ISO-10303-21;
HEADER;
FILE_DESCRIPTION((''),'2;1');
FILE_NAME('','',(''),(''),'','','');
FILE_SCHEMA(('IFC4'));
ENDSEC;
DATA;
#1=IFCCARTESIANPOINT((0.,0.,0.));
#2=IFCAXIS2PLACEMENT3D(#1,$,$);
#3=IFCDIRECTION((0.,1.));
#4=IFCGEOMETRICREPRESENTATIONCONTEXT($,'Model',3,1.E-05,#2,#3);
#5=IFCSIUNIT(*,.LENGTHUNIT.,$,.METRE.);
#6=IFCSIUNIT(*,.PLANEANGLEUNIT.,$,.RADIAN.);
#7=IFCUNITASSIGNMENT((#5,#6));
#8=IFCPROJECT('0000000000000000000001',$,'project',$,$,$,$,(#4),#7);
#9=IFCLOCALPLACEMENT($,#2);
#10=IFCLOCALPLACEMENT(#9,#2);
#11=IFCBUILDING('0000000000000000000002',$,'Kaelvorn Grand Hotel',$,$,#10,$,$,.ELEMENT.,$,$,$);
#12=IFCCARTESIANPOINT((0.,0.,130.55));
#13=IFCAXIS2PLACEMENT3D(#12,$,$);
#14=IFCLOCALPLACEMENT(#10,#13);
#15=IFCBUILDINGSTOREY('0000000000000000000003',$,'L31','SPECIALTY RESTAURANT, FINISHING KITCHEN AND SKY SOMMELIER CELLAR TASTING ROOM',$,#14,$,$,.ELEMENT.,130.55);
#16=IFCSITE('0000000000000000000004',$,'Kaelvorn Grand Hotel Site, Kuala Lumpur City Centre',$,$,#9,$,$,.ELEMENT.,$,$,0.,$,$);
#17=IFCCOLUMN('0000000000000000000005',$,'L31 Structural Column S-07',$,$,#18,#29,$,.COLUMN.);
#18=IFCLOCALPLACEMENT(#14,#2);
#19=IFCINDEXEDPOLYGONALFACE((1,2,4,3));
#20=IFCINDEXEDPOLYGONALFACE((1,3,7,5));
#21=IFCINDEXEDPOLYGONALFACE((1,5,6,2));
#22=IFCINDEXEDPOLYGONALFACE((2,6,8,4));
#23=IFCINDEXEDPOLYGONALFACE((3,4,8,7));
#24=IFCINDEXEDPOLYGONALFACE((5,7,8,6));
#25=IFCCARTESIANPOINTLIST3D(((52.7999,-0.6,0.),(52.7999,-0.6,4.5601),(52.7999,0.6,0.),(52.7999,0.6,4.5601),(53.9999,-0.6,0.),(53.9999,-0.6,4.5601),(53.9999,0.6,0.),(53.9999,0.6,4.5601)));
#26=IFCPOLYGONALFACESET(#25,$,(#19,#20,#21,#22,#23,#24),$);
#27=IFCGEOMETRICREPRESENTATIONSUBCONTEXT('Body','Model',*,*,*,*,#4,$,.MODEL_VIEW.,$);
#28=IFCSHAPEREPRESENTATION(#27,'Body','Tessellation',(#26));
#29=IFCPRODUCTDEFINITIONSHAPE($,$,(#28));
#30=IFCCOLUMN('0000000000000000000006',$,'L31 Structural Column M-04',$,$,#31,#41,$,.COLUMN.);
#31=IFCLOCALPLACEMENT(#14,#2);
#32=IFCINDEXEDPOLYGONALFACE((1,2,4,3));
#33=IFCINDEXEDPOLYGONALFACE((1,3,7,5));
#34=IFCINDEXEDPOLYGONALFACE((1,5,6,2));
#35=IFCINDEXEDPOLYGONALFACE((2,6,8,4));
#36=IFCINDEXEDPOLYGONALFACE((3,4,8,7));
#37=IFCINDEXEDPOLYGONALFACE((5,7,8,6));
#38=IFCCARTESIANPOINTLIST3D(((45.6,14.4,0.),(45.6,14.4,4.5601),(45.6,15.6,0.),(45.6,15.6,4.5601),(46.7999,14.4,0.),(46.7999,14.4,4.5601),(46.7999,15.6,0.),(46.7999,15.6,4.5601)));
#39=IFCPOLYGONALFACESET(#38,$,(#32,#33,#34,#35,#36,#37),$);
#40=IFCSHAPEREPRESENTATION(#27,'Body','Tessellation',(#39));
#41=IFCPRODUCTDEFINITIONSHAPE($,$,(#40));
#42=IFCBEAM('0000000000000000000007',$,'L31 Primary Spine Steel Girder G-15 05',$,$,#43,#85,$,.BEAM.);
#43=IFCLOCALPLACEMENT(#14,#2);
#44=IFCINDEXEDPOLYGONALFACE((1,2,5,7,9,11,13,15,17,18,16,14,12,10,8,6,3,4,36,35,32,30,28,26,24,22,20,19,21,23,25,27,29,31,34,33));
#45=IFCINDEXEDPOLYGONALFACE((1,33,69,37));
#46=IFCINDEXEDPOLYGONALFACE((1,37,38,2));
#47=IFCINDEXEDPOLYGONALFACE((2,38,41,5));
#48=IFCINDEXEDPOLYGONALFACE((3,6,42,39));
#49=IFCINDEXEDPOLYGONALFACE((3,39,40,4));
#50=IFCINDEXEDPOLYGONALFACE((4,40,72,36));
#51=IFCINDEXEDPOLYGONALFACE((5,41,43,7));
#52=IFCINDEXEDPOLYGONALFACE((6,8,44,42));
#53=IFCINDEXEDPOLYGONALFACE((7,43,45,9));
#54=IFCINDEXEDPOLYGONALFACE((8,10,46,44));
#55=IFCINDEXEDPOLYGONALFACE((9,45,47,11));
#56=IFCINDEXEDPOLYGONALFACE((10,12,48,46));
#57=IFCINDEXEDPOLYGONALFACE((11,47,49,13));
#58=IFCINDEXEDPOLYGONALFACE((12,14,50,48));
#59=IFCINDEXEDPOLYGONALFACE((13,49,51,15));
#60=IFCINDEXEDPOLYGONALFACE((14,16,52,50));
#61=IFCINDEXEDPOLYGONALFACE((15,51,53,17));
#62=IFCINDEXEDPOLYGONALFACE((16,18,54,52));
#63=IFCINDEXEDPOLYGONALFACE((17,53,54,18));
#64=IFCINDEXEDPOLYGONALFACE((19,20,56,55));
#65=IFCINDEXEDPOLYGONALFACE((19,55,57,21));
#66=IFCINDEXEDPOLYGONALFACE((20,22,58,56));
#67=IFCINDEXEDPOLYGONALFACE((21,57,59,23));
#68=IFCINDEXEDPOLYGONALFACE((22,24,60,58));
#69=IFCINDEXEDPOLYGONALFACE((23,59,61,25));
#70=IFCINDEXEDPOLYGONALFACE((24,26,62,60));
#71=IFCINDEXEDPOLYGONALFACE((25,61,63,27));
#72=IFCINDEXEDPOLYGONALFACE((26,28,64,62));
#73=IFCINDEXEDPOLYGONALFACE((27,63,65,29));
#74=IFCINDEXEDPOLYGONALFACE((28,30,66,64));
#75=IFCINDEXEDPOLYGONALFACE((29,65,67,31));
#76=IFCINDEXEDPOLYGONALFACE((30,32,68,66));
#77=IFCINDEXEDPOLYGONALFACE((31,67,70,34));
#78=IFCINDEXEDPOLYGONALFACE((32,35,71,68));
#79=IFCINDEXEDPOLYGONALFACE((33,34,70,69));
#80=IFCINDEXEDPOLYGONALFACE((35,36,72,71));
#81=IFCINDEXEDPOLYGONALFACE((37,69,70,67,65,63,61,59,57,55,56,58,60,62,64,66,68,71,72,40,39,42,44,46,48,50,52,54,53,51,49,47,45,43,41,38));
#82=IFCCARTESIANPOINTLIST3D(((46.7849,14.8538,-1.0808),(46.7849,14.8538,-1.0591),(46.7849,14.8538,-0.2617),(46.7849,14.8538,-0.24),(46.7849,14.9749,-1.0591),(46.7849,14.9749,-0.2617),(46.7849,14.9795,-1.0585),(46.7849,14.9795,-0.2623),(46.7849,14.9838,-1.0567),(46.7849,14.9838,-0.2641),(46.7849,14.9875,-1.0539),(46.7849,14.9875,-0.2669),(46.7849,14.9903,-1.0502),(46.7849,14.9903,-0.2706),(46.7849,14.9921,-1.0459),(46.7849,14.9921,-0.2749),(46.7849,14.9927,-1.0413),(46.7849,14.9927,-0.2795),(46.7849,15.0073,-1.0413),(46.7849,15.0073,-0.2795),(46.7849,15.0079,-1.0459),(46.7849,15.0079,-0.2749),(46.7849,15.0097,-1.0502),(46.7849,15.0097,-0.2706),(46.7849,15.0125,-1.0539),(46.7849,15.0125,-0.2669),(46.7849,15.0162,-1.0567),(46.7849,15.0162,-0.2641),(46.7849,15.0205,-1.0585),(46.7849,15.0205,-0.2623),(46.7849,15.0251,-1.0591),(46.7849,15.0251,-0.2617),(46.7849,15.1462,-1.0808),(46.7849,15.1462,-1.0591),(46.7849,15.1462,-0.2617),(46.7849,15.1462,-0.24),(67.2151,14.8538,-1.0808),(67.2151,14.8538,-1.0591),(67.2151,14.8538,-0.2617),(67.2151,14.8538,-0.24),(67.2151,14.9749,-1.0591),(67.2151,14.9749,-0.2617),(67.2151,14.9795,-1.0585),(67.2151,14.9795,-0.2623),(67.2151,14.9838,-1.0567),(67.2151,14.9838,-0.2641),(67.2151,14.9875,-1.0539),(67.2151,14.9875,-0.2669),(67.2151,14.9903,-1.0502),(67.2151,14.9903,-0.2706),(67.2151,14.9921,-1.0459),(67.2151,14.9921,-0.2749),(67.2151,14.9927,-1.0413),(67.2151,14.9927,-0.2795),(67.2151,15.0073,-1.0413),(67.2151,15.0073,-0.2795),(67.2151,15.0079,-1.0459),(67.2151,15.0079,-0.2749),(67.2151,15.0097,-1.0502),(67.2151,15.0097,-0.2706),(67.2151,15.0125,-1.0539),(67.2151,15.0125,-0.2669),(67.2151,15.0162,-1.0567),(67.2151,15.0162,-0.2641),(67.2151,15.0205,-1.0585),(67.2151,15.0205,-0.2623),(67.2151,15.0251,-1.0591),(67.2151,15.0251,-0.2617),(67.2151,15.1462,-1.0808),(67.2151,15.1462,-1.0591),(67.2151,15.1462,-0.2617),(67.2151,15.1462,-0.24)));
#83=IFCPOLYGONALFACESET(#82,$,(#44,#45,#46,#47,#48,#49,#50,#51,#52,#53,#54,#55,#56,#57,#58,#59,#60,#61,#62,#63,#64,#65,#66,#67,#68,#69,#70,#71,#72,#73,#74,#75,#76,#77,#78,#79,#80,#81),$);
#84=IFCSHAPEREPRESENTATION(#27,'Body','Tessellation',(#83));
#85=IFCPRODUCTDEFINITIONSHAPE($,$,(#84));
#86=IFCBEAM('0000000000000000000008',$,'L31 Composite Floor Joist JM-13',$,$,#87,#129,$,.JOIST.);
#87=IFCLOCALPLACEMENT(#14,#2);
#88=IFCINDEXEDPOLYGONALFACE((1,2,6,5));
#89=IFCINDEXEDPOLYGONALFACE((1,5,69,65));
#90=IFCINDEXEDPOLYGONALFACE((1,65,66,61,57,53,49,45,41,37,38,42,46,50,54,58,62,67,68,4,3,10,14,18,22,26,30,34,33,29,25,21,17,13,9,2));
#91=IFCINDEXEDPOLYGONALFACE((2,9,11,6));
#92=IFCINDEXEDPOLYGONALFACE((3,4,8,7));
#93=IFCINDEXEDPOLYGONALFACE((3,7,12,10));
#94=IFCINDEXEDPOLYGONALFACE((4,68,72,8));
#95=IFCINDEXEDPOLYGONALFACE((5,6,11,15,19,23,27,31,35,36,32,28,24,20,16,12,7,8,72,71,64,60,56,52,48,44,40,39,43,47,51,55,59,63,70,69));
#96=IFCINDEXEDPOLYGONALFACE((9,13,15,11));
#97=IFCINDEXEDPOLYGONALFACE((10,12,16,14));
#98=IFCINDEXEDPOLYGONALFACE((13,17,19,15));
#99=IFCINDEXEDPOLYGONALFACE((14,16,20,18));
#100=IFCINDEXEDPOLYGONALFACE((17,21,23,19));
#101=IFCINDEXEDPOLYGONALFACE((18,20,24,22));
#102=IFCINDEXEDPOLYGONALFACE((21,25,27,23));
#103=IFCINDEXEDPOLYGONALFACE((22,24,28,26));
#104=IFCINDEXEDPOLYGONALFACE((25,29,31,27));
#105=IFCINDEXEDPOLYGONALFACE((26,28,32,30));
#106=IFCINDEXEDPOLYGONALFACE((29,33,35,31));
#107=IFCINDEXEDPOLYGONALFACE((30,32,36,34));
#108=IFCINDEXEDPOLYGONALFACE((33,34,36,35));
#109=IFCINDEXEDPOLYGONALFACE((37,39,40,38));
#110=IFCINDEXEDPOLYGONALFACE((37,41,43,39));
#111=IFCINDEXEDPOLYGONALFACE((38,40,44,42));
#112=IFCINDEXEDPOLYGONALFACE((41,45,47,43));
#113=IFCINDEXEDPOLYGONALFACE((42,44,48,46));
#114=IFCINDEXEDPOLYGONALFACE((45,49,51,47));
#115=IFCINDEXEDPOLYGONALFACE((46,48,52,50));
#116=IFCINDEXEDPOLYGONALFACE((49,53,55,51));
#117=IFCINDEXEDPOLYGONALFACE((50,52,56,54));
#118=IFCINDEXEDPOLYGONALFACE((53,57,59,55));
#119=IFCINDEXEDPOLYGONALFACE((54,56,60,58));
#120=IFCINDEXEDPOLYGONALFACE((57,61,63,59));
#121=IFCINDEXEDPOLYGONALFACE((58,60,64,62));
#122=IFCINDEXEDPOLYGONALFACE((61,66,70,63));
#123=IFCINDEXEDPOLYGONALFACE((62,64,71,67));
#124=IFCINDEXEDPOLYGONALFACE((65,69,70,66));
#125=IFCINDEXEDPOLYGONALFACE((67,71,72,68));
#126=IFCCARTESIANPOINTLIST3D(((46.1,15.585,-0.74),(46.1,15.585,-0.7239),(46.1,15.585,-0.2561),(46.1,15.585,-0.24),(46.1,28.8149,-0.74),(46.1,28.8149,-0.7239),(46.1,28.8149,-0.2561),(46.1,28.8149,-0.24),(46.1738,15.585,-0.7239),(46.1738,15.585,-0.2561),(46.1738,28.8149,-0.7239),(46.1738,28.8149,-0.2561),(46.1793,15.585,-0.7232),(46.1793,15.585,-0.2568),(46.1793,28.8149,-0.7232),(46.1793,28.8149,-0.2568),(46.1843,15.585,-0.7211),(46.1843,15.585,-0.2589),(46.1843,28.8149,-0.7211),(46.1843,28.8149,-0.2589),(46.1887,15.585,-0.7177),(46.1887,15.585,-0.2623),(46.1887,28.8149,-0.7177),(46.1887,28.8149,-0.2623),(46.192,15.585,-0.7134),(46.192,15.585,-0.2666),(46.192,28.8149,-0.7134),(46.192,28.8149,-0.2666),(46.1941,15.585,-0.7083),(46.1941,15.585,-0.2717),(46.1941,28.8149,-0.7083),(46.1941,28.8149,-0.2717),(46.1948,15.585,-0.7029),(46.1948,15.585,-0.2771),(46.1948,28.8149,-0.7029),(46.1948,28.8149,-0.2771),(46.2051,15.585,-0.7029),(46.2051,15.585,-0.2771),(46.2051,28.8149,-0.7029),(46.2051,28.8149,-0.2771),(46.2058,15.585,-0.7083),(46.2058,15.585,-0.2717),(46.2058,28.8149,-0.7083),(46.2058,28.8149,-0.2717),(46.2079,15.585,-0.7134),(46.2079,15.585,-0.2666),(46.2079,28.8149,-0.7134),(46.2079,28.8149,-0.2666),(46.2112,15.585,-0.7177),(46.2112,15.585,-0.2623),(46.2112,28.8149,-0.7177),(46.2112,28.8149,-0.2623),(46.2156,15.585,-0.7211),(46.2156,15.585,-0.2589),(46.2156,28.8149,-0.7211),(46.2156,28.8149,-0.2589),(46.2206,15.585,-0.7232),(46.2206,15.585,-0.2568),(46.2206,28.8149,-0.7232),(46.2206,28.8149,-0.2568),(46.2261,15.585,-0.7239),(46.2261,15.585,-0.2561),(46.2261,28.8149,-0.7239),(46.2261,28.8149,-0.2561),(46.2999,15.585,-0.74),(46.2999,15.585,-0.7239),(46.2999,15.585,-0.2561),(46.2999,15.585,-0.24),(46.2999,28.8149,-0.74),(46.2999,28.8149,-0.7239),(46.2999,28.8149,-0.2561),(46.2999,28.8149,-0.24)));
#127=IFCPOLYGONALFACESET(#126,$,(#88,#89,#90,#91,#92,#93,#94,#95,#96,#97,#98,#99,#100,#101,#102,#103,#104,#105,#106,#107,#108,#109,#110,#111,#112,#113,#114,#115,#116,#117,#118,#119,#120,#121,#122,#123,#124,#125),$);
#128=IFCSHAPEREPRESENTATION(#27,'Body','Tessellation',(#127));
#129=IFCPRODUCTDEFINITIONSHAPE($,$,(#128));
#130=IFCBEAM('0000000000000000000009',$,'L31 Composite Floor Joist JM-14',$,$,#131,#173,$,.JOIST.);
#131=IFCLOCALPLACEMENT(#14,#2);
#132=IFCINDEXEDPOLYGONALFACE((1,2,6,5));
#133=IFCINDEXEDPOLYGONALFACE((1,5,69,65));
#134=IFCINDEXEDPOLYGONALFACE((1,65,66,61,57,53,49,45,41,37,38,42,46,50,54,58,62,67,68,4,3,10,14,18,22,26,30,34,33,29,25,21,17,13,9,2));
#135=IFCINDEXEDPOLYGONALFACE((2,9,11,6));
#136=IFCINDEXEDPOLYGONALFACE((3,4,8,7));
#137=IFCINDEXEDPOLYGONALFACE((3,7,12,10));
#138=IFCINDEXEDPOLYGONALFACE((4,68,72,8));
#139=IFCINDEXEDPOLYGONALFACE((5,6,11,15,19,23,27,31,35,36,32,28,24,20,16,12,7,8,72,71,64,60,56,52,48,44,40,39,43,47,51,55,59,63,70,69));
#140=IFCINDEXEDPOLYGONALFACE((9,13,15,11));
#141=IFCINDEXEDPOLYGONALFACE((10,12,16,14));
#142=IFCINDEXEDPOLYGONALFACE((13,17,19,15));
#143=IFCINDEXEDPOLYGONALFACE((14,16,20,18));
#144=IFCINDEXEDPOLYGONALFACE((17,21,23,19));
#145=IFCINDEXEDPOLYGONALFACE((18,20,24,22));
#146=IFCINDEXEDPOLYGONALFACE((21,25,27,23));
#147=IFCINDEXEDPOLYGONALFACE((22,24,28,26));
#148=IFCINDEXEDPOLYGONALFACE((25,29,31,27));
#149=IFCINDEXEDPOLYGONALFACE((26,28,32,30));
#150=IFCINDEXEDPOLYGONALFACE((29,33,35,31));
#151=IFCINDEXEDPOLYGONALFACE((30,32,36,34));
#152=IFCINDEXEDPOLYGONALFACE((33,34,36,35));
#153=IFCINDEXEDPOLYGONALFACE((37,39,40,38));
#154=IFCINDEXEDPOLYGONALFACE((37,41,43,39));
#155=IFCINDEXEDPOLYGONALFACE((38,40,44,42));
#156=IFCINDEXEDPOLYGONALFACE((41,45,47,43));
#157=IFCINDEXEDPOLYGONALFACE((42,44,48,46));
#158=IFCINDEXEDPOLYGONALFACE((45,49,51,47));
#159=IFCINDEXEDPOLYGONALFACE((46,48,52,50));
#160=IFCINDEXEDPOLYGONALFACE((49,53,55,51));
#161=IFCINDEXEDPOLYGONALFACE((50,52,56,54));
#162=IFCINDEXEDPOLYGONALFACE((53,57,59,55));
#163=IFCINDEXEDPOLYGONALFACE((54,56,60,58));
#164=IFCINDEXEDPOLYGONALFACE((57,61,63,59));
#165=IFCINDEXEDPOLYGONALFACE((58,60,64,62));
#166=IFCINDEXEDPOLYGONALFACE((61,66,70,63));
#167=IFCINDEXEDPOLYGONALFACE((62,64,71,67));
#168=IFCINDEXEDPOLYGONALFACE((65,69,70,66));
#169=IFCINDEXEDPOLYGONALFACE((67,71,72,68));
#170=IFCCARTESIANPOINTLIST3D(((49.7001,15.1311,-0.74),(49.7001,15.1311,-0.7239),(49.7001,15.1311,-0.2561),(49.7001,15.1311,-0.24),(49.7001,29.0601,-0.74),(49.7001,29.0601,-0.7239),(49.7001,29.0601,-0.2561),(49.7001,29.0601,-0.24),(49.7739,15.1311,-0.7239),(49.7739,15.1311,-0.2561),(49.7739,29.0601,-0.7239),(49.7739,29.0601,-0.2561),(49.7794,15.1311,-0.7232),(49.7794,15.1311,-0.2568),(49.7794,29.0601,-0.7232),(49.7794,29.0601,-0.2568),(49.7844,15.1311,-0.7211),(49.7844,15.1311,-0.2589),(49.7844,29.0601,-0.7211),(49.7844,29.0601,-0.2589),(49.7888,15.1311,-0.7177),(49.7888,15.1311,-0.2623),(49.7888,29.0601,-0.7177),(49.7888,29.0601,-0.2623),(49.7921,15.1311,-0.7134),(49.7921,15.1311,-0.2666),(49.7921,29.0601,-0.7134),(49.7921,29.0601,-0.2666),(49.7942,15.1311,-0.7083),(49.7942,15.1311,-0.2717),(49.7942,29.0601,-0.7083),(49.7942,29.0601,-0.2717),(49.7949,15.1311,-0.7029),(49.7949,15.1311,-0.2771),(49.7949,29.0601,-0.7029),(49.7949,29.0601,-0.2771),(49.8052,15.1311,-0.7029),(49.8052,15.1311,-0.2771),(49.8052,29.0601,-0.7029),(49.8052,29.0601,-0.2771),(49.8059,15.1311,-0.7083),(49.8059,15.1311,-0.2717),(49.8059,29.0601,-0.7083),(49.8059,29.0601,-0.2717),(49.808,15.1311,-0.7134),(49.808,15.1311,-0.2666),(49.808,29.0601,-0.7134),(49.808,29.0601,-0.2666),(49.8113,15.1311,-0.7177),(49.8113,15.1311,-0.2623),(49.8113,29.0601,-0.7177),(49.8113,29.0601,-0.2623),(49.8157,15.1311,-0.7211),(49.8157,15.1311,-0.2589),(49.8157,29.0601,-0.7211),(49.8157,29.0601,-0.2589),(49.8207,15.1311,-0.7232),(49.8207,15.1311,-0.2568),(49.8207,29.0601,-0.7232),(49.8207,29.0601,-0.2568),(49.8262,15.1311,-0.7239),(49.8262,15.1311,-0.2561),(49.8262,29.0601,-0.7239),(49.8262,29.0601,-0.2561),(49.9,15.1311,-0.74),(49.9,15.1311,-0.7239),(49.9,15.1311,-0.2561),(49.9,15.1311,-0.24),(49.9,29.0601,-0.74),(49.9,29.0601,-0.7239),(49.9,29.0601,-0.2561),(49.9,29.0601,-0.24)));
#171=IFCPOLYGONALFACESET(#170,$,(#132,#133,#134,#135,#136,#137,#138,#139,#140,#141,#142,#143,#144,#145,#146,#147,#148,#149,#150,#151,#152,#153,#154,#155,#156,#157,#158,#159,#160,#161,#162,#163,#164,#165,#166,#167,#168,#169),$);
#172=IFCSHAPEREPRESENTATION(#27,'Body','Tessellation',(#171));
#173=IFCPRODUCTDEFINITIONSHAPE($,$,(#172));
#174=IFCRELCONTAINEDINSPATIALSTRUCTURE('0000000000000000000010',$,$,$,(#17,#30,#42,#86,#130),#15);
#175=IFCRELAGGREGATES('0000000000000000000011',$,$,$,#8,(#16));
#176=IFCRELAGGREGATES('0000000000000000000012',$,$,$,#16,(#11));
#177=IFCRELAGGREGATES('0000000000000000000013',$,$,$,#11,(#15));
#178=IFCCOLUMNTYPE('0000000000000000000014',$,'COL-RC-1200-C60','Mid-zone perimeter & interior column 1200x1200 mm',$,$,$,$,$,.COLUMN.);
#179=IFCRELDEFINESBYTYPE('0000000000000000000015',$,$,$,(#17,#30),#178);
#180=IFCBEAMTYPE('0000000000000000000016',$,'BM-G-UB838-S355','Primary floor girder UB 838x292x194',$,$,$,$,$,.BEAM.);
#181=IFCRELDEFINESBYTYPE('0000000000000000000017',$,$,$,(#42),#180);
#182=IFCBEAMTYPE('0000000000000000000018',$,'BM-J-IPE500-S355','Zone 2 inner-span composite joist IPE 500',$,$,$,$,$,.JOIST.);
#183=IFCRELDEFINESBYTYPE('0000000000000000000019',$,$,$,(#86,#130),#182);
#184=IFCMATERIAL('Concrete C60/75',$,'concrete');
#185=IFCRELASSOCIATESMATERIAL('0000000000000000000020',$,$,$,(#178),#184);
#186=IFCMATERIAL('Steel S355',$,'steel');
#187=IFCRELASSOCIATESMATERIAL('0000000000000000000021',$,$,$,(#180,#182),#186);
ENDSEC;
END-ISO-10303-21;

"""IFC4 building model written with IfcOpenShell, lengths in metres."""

from ifc_helpers import new_model, si_unit, direction, frame, origin, origin_2d, place, context, subcontext, project, spatial, rectangle, i_section, extrude, material, material_profile, profile_set, type_object, element, save


model = new_model("IFC4")

# Units and contexts
model_context = context("Model", 3, precision=1e-05, world=origin(), true_north=direction((0.0, 1.0)))
body_context = subcontext(model_context, "Body", "Model", "MODEL_VIEW")
ifc_project = project(units=[si_unit("LENGTHUNIT", "METRE"), si_unit("PLANEANGLEUNIT", "RADIAN")], contexts=[model_context])

# Site, building, storey
site_placement = place(None, origin())
site = spatial("IfcSite", under=ifc_project, at=site_placement, Name="Kaelvorn Grand Hotel Site, Kuala Lumpur City Centre", CompositionType="ELEMENT", RefElevation=0.0)
building_placement = place(site_placement, origin())
building = spatial("IfcBuilding", under=site, at=building_placement, Name="Kaelvorn Grand Hotel", CompositionType="ELEMENT")
storey_placement = place(building_placement, frame((0.0, 0.0, 130.55)))
storey = spatial("IfcBuildingStorey", under=building, at=storey_placement, Name="L31", Description="SPECIALTY RESTAURANT, FINISHING KITCHEN AND SKY SOMMELIER CELLAR TASTING ROOM", CompositionType="ELEMENT", Elevation=130.55)

# Columns
ifc_material_1 = material(Name="Concrete C60/75", Category="concrete")
ifc_material_profile_1 = material_profile(ifc_material_1, rectangle(XDim=1.2, YDim=1.2, at=origin_2d()), Name="RC COL 1200x1200")
ifc_profile_set_1 = profile_set([ifc_material_profile_1], Name="Concrete C60/75")
column_type = type_object("IfcColumnType", Name="COL-RC-1200-C60", Description="Mid-zone perimeter & interior column 1200x1200 mm", PredefinedType="COLUMN", material=ifc_profile_set_1)
for number, where, z_axis, x_axis, name in (
    (1, (53.3999, 0.0, 0.0), (0.0, 0.0, 1.0), (1.0, 0.0, 0.0), "L31 Structural Column S-07"),
    (2, (46.2, 15.0, 0.0), (0.0, 0.0, 1.0), (1.0, 0.0, 0.0), "L31 Structural Column M-04"),
):
    element("IfcColumn", number, at=place(storey_placement, frame(where, z_axis=z_axis, x_axis=x_axis)), inside=storey, type_object=column_type, Name=name, PredefinedType="COLUMN", context=body_context, shape_type="SweptSolid", body=[
        extrude(rectangle(XDim=1.2, YDim=1.2, at=origin_2d()), origin(), (0.0, 0.0, 1.0), 4.5601),
    ])

# Beams
ifc_material_2 = material(Name="Steel S355", Category="steel")
ifc_material_profile_2 = material_profile(ifc_material_2, i_section(OverallWidth=0.2925, OverallDepth=0.8408, WebThickness=0.0146, FlangeThickness=0.0217, FilletRadius=0.0178, at=origin_2d()), Name="UB 838x292x194")
ifc_profile_set_2 = profile_set([ifc_material_profile_2], Name="Steel S355")
beam_type_1 = type_object("IfcBeamType", Name="BM-G-UB838-S355", Description="Primary floor girder UB 838x292x194", PredefinedType="BEAM", material=ifc_profile_set_2)
beam_1_placement = place(storey_placement, frame((46.7849, 15.0, -0.6604), z_axis=(1.0, 0.0, 0.0), x_axis=(0.0, 1.0, 0.0)))
element("IfcBeam", 3, at=beam_1_placement, inside=storey, type_object=beam_type_1, Name="L31 Primary Spine Steel Girder G-15 05", PredefinedType="BEAM", context=body_context, shape_type="SweptSolid", body=[
    extrude(i_section(OverallWidth=0.2925, OverallDepth=0.8408, WebThickness=0.0146, FlangeThickness=0.0217, FilletRadius=0.0178, at=origin_2d()), origin(), (0.0, 0.0, 1.0), 20.4302),
])
ifc_material_profile_3 = material_profile(ifc_material_2, i_section(OverallWidth=0.2, OverallDepth=0.5, WebThickness=0.0103, FlangeThickness=0.0161, FilletRadius=0.021, at=origin_2d()), Name="IPE 500")
ifc_profile_set_3 = profile_set([ifc_material_profile_3], Name="Steel S355")
beam_type_2 = type_object("IfcBeamType", Name="BM-J-IPE500-S355", Description="Zone 2 inner-span composite joist IPE 500", PredefinedType="JOIST", material=ifc_profile_set_3)
beam_2_placement = place(storey_placement, frame((46.2, 15.585, -0.49), z_axis=(0.0, 1.0, 0.0), x_axis=(-1.0, 0.0, 0.0)))
element("IfcBeam", 4, at=beam_2_placement, inside=storey, type_object=beam_type_2, Name="L31 Composite Floor Joist JM-13", PredefinedType="JOIST", context=body_context, shape_type="SweptSolid", body=[
    extrude(i_section(OverallWidth=0.2, OverallDepth=0.5, WebThickness=0.0103, FlangeThickness=0.0161, FilletRadius=0.021, at=origin_2d()), origin(), (0.0, 0.0, 1.0), 13.23),
])
beam_3_placement = place(storey_placement, frame((49.8, 15.1311, -0.49), z_axis=(0.0, 1.0, 0.0), x_axis=(-1.0, 0.0, 0.0)))
element("IfcBeam", 5, at=beam_3_placement, inside=storey, type_object=beam_type_2, Name="L31 Composite Floor Joist JM-14", PredefinedType="JOIST", context=body_context, shape_type="SweptSolid", body=[
    extrude(i_section(OverallWidth=0.2, OverallDepth=0.5, WebThickness=0.0103, FlangeThickness=0.0161, FilletRadius=0.021, at=origin_2d()), origin(), (0.0, 0.0, 1.0), 13.929),
])

save(model, "model.ifc")
